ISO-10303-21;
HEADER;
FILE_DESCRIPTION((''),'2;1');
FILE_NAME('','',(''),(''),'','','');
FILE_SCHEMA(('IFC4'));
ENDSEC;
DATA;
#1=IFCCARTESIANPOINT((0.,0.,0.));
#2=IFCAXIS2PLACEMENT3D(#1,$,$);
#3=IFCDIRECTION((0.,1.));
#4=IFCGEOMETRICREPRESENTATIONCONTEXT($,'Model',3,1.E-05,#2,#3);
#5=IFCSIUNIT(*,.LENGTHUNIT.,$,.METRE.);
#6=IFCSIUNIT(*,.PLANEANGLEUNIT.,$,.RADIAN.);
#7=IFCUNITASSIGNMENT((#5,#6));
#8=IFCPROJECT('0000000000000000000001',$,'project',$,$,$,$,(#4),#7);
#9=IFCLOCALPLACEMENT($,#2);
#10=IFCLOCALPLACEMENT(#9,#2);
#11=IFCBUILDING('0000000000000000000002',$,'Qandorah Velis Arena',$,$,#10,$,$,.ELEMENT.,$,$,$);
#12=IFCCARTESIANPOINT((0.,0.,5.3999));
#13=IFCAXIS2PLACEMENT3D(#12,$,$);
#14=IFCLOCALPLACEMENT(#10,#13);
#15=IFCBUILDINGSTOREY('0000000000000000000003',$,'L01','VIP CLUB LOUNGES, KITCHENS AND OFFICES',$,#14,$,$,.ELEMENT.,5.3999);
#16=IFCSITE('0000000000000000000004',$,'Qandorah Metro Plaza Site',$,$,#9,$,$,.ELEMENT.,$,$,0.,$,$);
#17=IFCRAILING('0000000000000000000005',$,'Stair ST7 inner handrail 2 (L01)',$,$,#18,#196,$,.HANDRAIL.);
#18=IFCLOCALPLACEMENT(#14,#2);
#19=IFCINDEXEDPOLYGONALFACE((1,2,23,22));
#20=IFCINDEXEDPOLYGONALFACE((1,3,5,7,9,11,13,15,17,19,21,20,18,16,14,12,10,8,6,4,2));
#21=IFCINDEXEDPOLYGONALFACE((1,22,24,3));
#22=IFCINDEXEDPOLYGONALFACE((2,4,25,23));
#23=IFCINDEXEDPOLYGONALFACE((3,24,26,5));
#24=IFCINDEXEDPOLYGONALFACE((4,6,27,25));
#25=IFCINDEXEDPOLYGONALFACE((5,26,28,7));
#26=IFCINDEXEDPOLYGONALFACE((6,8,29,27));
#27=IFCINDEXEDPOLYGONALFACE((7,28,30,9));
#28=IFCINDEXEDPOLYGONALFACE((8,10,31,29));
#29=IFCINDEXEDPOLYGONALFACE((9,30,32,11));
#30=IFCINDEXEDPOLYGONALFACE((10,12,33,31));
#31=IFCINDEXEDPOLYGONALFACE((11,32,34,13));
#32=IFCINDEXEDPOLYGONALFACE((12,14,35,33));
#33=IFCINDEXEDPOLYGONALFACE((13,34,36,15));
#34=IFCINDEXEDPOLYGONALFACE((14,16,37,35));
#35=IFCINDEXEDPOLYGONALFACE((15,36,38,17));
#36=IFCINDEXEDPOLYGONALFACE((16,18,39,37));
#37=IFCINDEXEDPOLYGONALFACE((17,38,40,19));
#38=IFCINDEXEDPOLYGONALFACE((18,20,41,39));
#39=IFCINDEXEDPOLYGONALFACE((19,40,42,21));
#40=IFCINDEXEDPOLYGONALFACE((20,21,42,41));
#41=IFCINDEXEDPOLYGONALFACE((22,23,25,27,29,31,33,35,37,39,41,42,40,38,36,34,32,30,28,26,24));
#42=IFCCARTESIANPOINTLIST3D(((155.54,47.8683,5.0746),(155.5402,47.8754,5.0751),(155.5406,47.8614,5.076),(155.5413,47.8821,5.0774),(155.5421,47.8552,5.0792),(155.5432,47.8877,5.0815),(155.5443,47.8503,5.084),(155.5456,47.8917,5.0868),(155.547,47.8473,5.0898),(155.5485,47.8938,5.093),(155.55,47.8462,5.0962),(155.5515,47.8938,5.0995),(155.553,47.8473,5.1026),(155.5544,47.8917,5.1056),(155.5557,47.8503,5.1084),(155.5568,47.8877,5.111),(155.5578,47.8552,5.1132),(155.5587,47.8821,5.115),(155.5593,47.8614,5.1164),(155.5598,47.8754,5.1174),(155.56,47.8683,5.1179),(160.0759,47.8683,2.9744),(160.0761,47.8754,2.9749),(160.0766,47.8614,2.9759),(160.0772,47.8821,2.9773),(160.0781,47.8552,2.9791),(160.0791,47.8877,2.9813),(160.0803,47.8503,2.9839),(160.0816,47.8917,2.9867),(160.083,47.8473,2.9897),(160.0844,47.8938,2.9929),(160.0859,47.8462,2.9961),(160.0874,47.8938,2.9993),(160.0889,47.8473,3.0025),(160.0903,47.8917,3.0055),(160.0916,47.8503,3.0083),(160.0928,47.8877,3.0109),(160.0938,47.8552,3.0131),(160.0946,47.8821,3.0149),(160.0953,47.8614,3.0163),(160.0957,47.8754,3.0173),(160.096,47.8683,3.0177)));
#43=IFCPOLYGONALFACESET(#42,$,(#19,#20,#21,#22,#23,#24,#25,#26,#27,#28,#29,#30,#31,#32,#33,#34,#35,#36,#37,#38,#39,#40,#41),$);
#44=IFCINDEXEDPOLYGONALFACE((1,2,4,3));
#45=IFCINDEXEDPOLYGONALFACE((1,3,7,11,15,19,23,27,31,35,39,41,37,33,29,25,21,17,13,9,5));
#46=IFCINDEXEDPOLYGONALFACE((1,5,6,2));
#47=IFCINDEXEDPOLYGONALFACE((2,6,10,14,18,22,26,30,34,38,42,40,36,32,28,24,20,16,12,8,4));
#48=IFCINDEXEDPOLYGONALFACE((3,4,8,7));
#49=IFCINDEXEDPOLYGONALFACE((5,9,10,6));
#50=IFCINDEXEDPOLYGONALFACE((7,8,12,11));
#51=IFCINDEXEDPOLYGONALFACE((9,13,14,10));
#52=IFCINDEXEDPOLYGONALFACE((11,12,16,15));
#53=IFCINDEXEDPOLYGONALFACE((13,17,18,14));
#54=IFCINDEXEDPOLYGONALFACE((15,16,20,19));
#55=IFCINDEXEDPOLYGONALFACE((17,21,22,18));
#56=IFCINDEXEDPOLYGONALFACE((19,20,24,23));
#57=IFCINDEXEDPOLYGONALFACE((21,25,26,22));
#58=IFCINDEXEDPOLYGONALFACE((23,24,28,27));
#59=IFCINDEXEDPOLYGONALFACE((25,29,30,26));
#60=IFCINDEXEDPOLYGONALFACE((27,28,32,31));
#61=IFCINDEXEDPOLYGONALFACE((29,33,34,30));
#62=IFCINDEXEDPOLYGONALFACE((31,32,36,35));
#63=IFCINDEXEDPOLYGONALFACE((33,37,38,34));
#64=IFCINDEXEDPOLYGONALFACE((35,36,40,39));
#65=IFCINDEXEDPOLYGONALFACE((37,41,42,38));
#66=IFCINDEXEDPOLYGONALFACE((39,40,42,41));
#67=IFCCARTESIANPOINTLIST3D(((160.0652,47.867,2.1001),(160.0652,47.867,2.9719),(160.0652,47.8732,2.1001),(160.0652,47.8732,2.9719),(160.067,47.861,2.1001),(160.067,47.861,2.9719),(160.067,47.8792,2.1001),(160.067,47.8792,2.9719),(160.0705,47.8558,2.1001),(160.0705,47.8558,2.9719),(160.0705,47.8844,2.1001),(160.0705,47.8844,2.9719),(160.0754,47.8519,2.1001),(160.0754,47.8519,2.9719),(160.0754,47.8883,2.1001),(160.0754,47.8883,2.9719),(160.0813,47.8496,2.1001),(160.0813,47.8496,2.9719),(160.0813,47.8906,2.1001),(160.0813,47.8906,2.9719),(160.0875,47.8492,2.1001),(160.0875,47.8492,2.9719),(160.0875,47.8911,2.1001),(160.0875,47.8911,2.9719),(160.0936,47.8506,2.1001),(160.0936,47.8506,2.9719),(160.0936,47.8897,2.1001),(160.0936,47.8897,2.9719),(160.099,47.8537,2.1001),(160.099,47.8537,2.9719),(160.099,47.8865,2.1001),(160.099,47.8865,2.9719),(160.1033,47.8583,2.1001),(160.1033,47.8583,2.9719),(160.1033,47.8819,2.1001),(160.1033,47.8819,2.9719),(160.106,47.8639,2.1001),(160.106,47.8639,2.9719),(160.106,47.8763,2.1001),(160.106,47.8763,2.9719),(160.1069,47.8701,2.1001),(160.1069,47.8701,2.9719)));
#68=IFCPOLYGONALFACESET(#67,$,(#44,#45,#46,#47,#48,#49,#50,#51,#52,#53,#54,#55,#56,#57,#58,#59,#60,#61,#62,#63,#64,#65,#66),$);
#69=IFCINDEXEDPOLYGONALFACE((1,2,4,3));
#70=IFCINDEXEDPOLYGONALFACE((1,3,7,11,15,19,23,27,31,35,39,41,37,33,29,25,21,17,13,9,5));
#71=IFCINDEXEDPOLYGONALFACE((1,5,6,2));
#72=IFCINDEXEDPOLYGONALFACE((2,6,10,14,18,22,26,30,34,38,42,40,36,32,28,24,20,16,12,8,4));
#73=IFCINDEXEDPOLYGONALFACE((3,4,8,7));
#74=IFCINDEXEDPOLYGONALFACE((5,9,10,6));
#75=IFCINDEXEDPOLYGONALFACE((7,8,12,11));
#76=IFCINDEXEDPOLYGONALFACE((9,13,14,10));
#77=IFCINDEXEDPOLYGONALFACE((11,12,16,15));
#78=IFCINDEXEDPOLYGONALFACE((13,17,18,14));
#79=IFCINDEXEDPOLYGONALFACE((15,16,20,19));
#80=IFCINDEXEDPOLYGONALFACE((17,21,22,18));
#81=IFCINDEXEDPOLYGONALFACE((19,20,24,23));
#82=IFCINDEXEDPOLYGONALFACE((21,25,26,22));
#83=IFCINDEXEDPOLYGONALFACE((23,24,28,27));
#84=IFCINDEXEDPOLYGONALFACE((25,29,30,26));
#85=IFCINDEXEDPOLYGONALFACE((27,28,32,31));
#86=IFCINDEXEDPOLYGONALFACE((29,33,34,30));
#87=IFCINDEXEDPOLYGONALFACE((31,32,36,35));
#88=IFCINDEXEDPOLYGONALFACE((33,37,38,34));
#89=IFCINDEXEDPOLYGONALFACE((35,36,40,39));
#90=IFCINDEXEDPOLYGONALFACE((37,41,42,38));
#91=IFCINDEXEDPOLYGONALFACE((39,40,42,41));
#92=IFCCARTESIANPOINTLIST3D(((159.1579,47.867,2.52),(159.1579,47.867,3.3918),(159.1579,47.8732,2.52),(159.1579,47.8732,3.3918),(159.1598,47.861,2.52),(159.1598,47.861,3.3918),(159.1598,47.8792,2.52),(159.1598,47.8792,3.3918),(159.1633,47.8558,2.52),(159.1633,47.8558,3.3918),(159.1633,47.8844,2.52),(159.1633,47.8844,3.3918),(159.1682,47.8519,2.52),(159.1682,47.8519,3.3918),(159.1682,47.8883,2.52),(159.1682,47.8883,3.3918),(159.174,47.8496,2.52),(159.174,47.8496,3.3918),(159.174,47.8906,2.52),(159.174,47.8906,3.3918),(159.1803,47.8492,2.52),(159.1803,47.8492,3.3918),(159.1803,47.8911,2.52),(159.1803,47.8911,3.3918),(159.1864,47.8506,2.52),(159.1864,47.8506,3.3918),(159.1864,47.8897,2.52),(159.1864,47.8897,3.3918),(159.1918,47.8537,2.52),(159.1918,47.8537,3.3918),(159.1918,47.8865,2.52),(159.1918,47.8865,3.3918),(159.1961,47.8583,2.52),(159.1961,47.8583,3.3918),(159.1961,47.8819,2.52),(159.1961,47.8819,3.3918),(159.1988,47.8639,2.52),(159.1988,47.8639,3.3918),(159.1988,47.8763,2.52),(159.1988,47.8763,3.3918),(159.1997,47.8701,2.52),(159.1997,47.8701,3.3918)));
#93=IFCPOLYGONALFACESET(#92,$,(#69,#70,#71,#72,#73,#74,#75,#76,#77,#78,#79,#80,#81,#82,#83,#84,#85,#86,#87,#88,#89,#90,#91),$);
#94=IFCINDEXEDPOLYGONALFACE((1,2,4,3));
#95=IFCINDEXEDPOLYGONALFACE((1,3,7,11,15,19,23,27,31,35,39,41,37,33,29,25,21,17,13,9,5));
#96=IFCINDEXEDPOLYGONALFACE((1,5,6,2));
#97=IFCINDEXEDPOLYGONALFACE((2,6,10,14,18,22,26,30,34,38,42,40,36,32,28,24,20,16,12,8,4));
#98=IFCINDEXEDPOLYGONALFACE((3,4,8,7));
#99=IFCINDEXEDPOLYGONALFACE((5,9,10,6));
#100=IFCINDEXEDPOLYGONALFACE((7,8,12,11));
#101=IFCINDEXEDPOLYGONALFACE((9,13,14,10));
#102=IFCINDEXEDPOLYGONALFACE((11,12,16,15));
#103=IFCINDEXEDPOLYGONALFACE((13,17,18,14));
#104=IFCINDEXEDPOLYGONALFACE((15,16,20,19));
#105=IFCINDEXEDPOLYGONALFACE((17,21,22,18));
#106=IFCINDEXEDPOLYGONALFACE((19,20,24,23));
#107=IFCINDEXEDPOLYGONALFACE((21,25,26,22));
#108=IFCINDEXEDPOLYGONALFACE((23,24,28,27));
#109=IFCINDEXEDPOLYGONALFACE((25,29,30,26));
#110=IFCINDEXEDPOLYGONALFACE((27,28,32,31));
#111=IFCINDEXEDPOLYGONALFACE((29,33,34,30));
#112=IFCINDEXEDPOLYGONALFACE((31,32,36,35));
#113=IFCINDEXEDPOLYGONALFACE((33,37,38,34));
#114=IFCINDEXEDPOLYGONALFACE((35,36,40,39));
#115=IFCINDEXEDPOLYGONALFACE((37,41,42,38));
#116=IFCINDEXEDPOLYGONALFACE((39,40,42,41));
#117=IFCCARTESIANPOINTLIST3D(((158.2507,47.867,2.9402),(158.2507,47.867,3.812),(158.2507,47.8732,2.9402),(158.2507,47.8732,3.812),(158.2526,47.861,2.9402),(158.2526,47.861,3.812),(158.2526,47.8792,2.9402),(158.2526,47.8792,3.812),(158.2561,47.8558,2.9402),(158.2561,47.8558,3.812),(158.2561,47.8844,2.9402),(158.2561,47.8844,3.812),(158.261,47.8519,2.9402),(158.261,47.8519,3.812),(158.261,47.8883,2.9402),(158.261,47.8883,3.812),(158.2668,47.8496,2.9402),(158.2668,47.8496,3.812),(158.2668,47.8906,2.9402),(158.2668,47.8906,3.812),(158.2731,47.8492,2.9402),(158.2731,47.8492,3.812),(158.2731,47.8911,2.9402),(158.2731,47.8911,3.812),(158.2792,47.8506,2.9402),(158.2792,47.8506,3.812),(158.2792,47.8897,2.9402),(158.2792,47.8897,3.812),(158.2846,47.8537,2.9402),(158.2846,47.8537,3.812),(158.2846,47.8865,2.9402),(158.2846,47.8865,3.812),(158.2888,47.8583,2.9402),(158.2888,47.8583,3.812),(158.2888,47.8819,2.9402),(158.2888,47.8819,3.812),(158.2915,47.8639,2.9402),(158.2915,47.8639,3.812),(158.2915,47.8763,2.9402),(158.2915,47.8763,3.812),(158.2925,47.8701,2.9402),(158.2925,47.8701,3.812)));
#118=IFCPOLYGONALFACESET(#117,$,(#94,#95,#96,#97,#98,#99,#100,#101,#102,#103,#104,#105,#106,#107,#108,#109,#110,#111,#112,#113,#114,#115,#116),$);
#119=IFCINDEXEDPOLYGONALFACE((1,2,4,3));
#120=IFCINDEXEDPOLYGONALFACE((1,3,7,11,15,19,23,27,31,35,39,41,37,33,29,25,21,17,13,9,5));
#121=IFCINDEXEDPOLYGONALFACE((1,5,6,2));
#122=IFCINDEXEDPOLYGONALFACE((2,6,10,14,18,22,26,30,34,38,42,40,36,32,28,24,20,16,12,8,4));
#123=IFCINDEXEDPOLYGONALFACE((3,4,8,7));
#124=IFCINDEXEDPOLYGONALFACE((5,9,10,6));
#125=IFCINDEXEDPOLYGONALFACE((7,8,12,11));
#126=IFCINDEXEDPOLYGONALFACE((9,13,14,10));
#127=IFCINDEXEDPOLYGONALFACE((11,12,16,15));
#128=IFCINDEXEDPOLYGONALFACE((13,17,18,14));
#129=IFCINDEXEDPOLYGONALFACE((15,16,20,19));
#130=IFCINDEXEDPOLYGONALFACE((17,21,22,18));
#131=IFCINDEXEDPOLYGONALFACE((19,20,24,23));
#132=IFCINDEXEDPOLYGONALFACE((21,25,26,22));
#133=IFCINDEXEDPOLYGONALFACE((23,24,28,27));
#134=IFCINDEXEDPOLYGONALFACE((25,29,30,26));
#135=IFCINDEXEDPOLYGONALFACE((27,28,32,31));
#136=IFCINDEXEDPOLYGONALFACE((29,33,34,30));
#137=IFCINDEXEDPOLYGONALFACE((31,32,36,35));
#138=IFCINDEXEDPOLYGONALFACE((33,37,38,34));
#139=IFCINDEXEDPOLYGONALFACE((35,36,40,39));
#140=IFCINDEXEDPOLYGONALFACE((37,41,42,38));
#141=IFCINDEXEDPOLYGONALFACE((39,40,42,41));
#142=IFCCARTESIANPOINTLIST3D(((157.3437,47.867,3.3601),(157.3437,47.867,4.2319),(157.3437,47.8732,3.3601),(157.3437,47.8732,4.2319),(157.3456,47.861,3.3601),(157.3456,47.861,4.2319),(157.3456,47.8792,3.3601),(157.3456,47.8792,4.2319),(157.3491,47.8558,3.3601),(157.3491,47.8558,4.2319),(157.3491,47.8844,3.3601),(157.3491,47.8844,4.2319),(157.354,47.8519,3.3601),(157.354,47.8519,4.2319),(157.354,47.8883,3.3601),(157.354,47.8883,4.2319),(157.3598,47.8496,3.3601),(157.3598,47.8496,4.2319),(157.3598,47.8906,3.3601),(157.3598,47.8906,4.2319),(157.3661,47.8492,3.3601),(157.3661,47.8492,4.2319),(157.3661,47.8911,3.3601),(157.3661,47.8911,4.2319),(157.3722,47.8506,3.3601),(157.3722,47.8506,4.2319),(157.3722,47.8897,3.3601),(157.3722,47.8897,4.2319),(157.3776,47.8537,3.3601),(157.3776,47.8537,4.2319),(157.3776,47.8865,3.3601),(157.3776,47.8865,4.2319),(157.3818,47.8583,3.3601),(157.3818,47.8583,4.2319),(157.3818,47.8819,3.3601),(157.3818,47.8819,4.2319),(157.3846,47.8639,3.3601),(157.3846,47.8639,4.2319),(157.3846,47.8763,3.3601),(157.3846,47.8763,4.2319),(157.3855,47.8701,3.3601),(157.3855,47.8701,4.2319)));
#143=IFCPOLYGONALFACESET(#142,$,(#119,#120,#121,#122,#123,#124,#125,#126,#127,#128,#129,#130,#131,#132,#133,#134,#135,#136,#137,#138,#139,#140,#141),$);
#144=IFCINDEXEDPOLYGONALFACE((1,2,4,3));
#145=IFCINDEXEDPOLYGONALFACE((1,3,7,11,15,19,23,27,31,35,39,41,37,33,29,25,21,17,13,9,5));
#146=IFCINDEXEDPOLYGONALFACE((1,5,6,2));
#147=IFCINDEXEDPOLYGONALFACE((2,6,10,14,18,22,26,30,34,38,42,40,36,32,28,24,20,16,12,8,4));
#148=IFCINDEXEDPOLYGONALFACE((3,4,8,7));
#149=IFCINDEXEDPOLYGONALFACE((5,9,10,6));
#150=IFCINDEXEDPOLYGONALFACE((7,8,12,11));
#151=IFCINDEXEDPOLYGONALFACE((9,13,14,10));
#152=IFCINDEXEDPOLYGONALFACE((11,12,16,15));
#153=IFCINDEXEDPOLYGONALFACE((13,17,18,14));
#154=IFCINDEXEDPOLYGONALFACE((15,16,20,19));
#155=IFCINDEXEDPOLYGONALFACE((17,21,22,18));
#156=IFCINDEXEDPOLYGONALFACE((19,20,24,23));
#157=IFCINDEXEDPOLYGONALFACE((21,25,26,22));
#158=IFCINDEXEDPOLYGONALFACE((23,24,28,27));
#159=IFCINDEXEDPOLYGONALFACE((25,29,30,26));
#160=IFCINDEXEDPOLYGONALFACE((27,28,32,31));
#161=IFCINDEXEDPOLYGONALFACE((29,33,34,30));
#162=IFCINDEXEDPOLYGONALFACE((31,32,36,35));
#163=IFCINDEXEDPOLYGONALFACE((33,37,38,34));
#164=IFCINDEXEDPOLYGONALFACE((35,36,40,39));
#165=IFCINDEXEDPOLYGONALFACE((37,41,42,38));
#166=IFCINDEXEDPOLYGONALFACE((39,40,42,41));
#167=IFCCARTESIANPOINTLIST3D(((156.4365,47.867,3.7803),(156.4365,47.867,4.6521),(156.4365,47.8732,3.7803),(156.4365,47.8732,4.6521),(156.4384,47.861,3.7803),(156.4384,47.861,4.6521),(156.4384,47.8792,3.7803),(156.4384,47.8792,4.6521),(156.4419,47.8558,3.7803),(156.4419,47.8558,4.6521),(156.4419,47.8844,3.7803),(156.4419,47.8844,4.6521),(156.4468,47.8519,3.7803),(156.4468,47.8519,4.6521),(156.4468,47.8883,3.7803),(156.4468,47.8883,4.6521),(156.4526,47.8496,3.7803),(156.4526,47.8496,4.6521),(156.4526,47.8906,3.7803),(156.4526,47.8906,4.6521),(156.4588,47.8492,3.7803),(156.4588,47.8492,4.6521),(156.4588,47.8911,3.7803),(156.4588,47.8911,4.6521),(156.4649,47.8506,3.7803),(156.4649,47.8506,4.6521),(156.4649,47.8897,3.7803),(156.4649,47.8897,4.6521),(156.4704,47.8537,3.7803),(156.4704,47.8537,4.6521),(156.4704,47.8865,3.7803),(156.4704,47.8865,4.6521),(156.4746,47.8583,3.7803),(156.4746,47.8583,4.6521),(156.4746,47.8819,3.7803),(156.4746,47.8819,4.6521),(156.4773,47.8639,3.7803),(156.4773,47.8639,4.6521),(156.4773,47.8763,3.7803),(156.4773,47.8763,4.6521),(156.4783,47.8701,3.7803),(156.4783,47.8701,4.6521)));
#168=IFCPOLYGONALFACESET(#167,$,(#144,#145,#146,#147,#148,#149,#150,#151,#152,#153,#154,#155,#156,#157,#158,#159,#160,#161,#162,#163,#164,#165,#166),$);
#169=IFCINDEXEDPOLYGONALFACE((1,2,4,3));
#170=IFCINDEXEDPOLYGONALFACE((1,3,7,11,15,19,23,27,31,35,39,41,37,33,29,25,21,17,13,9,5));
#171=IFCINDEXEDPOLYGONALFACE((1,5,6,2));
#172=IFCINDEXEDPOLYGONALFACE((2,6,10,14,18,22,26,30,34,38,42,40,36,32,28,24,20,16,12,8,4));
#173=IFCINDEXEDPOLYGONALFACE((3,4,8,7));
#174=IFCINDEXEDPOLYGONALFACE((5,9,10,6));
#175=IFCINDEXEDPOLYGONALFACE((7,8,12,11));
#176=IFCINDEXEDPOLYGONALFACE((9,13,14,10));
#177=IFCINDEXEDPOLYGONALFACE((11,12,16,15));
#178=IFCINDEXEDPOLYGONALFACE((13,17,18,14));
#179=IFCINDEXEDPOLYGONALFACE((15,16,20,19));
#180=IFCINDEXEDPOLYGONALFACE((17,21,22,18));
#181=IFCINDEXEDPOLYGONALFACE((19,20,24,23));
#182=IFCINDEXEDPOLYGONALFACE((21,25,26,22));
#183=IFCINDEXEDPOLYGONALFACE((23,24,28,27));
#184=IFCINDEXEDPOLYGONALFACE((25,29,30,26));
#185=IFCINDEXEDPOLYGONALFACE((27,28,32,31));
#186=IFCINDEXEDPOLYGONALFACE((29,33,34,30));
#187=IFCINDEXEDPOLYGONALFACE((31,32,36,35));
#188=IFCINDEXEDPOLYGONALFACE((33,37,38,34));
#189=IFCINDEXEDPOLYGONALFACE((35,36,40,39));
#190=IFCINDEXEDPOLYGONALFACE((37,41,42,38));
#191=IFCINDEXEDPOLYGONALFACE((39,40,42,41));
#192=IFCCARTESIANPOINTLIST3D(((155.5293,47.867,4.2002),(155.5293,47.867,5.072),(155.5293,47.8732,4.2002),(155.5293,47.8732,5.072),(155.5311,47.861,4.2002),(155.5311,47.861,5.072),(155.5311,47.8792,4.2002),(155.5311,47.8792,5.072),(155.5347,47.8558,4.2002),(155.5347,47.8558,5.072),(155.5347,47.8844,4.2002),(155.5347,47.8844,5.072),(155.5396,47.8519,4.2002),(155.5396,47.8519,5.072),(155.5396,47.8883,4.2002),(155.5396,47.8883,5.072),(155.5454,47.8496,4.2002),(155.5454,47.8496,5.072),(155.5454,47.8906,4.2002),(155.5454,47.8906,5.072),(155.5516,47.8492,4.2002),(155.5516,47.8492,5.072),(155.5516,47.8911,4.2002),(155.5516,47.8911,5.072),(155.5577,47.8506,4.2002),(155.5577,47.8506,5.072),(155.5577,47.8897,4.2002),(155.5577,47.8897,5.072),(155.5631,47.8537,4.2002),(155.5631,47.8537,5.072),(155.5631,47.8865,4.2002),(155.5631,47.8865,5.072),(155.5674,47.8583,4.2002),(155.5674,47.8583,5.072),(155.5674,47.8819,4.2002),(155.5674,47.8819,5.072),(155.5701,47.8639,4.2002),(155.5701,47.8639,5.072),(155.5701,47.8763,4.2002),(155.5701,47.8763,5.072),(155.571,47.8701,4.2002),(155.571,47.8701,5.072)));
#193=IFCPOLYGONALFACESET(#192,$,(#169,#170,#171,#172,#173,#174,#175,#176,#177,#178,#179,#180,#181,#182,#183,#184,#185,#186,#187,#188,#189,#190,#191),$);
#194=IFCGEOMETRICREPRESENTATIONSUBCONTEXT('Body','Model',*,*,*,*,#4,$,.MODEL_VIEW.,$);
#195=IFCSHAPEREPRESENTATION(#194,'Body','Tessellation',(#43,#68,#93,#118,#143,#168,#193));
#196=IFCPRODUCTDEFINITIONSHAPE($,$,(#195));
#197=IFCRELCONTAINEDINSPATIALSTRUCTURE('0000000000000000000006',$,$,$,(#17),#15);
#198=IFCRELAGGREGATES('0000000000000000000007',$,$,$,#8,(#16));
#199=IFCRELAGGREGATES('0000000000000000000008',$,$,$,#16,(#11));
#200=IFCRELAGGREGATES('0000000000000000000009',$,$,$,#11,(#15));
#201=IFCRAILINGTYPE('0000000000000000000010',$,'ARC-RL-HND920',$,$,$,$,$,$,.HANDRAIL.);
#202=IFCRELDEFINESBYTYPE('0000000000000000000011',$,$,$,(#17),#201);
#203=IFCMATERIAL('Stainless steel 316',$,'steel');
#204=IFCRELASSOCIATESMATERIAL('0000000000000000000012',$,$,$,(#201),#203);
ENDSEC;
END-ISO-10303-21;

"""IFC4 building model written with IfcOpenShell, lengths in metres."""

from ifc_helpers import new_model, si_unit, direction, frame, origin, origin_2d, place, context, subcontext, project, spatial, circle, extrude, material, type_object, element, save


model = new_model("IFC4")

# Units and contexts
model_context = context("Model", 3, precision=1e-05, world=origin(), true_north=direction((0.0, 1.0)))
body_context = subcontext(model_context, "Body", "Model", "MODEL_VIEW")
ifc_project = project(units=[si_unit("LENGTHUNIT", "METRE"), si_unit("PLANEANGLEUNIT", "RADIAN")], contexts=[model_context])

# Site, building, storey
site_placement = place(None, origin())
site = spatial("IfcSite", under=ifc_project, at=site_placement, Name="Qandorah Metro Plaza Site", CompositionType="ELEMENT", RefElevation=0.0)
building_placement = place(site_placement, origin())
building = spatial("IfcBuilding", under=site, at=building_placement, Name="Qandorah Velis Arena", CompositionType="ELEMENT")
storey_placement = place(building_placement, frame((0.0, 0.0, 5.3999)))
storey = spatial("IfcBuildingStorey", under=building, at=storey_placement, Name="L01", Description="VIP CLUB LOUNGES, KITCHENS AND OFFICES", CompositionType="ELEMENT", Elevation=5.3999)

# Railing
ifc_material_1 = material(Name="Stainless steel 316", Category="steel")
railing_type_1 = type_object("IfcRailingType", Name="ARC-RL-HND920", PredefinedType="HANDRAIL", material=ifc_material_1)
railing_1_placement = place(storey_placement, frame((160.0859, 47.8701, 2.1001)))
element("IfcRailing", 1, at=railing_1_placement, inside=storey, type_object=railing_type_1, Name="Stair ST7 inner handrail 2 (L01)", PredefinedType="HANDRAIL", context=body_context, shape_type="SweptSolid", body=[
    extrude(circle(Radius=0.0239, at=origin_2d()), frame((0.0, 0.0, 0.896), z_axis=(-0.907456, 0.0, 0.420148), x_axis=(0.0, -1.0, 0.0)), (0.0, 0.0, 1.0), 4.9985),
    extrude(circle(Radius=0.021, at=origin_2d()), origin(), (0.0, 0.0, 1.0), 0.8718),
    extrude(circle(Radius=0.021, at=origin_2d()), frame((-0.9072, 0.0, 0.4199)), (0.0, 0.0, 1.0), 0.8718),
    extrude(circle(Radius=0.021, at=origin_2d()), frame((-1.8145, 0.0, 0.8401)), (0.0, 0.0, 1.0), 0.8718),
    extrude(circle(Radius=0.021, at=origin_2d()), frame((-2.7214, 0.0, 1.26)), (0.0, 0.0, 1.0), 0.8718),
    extrude(circle(Radius=0.021, at=origin_2d()), frame((-3.6287, 0.0, 1.6802)), (0.0, 0.0, 1.0), 0.8718),
    extrude(circle(Radius=0.021, at=origin_2d()), frame((-4.5359, 0.0, 2.1001)), (0.0, 0.0, 1.0), 0.8718),
])

save(model, "model.ifc")
